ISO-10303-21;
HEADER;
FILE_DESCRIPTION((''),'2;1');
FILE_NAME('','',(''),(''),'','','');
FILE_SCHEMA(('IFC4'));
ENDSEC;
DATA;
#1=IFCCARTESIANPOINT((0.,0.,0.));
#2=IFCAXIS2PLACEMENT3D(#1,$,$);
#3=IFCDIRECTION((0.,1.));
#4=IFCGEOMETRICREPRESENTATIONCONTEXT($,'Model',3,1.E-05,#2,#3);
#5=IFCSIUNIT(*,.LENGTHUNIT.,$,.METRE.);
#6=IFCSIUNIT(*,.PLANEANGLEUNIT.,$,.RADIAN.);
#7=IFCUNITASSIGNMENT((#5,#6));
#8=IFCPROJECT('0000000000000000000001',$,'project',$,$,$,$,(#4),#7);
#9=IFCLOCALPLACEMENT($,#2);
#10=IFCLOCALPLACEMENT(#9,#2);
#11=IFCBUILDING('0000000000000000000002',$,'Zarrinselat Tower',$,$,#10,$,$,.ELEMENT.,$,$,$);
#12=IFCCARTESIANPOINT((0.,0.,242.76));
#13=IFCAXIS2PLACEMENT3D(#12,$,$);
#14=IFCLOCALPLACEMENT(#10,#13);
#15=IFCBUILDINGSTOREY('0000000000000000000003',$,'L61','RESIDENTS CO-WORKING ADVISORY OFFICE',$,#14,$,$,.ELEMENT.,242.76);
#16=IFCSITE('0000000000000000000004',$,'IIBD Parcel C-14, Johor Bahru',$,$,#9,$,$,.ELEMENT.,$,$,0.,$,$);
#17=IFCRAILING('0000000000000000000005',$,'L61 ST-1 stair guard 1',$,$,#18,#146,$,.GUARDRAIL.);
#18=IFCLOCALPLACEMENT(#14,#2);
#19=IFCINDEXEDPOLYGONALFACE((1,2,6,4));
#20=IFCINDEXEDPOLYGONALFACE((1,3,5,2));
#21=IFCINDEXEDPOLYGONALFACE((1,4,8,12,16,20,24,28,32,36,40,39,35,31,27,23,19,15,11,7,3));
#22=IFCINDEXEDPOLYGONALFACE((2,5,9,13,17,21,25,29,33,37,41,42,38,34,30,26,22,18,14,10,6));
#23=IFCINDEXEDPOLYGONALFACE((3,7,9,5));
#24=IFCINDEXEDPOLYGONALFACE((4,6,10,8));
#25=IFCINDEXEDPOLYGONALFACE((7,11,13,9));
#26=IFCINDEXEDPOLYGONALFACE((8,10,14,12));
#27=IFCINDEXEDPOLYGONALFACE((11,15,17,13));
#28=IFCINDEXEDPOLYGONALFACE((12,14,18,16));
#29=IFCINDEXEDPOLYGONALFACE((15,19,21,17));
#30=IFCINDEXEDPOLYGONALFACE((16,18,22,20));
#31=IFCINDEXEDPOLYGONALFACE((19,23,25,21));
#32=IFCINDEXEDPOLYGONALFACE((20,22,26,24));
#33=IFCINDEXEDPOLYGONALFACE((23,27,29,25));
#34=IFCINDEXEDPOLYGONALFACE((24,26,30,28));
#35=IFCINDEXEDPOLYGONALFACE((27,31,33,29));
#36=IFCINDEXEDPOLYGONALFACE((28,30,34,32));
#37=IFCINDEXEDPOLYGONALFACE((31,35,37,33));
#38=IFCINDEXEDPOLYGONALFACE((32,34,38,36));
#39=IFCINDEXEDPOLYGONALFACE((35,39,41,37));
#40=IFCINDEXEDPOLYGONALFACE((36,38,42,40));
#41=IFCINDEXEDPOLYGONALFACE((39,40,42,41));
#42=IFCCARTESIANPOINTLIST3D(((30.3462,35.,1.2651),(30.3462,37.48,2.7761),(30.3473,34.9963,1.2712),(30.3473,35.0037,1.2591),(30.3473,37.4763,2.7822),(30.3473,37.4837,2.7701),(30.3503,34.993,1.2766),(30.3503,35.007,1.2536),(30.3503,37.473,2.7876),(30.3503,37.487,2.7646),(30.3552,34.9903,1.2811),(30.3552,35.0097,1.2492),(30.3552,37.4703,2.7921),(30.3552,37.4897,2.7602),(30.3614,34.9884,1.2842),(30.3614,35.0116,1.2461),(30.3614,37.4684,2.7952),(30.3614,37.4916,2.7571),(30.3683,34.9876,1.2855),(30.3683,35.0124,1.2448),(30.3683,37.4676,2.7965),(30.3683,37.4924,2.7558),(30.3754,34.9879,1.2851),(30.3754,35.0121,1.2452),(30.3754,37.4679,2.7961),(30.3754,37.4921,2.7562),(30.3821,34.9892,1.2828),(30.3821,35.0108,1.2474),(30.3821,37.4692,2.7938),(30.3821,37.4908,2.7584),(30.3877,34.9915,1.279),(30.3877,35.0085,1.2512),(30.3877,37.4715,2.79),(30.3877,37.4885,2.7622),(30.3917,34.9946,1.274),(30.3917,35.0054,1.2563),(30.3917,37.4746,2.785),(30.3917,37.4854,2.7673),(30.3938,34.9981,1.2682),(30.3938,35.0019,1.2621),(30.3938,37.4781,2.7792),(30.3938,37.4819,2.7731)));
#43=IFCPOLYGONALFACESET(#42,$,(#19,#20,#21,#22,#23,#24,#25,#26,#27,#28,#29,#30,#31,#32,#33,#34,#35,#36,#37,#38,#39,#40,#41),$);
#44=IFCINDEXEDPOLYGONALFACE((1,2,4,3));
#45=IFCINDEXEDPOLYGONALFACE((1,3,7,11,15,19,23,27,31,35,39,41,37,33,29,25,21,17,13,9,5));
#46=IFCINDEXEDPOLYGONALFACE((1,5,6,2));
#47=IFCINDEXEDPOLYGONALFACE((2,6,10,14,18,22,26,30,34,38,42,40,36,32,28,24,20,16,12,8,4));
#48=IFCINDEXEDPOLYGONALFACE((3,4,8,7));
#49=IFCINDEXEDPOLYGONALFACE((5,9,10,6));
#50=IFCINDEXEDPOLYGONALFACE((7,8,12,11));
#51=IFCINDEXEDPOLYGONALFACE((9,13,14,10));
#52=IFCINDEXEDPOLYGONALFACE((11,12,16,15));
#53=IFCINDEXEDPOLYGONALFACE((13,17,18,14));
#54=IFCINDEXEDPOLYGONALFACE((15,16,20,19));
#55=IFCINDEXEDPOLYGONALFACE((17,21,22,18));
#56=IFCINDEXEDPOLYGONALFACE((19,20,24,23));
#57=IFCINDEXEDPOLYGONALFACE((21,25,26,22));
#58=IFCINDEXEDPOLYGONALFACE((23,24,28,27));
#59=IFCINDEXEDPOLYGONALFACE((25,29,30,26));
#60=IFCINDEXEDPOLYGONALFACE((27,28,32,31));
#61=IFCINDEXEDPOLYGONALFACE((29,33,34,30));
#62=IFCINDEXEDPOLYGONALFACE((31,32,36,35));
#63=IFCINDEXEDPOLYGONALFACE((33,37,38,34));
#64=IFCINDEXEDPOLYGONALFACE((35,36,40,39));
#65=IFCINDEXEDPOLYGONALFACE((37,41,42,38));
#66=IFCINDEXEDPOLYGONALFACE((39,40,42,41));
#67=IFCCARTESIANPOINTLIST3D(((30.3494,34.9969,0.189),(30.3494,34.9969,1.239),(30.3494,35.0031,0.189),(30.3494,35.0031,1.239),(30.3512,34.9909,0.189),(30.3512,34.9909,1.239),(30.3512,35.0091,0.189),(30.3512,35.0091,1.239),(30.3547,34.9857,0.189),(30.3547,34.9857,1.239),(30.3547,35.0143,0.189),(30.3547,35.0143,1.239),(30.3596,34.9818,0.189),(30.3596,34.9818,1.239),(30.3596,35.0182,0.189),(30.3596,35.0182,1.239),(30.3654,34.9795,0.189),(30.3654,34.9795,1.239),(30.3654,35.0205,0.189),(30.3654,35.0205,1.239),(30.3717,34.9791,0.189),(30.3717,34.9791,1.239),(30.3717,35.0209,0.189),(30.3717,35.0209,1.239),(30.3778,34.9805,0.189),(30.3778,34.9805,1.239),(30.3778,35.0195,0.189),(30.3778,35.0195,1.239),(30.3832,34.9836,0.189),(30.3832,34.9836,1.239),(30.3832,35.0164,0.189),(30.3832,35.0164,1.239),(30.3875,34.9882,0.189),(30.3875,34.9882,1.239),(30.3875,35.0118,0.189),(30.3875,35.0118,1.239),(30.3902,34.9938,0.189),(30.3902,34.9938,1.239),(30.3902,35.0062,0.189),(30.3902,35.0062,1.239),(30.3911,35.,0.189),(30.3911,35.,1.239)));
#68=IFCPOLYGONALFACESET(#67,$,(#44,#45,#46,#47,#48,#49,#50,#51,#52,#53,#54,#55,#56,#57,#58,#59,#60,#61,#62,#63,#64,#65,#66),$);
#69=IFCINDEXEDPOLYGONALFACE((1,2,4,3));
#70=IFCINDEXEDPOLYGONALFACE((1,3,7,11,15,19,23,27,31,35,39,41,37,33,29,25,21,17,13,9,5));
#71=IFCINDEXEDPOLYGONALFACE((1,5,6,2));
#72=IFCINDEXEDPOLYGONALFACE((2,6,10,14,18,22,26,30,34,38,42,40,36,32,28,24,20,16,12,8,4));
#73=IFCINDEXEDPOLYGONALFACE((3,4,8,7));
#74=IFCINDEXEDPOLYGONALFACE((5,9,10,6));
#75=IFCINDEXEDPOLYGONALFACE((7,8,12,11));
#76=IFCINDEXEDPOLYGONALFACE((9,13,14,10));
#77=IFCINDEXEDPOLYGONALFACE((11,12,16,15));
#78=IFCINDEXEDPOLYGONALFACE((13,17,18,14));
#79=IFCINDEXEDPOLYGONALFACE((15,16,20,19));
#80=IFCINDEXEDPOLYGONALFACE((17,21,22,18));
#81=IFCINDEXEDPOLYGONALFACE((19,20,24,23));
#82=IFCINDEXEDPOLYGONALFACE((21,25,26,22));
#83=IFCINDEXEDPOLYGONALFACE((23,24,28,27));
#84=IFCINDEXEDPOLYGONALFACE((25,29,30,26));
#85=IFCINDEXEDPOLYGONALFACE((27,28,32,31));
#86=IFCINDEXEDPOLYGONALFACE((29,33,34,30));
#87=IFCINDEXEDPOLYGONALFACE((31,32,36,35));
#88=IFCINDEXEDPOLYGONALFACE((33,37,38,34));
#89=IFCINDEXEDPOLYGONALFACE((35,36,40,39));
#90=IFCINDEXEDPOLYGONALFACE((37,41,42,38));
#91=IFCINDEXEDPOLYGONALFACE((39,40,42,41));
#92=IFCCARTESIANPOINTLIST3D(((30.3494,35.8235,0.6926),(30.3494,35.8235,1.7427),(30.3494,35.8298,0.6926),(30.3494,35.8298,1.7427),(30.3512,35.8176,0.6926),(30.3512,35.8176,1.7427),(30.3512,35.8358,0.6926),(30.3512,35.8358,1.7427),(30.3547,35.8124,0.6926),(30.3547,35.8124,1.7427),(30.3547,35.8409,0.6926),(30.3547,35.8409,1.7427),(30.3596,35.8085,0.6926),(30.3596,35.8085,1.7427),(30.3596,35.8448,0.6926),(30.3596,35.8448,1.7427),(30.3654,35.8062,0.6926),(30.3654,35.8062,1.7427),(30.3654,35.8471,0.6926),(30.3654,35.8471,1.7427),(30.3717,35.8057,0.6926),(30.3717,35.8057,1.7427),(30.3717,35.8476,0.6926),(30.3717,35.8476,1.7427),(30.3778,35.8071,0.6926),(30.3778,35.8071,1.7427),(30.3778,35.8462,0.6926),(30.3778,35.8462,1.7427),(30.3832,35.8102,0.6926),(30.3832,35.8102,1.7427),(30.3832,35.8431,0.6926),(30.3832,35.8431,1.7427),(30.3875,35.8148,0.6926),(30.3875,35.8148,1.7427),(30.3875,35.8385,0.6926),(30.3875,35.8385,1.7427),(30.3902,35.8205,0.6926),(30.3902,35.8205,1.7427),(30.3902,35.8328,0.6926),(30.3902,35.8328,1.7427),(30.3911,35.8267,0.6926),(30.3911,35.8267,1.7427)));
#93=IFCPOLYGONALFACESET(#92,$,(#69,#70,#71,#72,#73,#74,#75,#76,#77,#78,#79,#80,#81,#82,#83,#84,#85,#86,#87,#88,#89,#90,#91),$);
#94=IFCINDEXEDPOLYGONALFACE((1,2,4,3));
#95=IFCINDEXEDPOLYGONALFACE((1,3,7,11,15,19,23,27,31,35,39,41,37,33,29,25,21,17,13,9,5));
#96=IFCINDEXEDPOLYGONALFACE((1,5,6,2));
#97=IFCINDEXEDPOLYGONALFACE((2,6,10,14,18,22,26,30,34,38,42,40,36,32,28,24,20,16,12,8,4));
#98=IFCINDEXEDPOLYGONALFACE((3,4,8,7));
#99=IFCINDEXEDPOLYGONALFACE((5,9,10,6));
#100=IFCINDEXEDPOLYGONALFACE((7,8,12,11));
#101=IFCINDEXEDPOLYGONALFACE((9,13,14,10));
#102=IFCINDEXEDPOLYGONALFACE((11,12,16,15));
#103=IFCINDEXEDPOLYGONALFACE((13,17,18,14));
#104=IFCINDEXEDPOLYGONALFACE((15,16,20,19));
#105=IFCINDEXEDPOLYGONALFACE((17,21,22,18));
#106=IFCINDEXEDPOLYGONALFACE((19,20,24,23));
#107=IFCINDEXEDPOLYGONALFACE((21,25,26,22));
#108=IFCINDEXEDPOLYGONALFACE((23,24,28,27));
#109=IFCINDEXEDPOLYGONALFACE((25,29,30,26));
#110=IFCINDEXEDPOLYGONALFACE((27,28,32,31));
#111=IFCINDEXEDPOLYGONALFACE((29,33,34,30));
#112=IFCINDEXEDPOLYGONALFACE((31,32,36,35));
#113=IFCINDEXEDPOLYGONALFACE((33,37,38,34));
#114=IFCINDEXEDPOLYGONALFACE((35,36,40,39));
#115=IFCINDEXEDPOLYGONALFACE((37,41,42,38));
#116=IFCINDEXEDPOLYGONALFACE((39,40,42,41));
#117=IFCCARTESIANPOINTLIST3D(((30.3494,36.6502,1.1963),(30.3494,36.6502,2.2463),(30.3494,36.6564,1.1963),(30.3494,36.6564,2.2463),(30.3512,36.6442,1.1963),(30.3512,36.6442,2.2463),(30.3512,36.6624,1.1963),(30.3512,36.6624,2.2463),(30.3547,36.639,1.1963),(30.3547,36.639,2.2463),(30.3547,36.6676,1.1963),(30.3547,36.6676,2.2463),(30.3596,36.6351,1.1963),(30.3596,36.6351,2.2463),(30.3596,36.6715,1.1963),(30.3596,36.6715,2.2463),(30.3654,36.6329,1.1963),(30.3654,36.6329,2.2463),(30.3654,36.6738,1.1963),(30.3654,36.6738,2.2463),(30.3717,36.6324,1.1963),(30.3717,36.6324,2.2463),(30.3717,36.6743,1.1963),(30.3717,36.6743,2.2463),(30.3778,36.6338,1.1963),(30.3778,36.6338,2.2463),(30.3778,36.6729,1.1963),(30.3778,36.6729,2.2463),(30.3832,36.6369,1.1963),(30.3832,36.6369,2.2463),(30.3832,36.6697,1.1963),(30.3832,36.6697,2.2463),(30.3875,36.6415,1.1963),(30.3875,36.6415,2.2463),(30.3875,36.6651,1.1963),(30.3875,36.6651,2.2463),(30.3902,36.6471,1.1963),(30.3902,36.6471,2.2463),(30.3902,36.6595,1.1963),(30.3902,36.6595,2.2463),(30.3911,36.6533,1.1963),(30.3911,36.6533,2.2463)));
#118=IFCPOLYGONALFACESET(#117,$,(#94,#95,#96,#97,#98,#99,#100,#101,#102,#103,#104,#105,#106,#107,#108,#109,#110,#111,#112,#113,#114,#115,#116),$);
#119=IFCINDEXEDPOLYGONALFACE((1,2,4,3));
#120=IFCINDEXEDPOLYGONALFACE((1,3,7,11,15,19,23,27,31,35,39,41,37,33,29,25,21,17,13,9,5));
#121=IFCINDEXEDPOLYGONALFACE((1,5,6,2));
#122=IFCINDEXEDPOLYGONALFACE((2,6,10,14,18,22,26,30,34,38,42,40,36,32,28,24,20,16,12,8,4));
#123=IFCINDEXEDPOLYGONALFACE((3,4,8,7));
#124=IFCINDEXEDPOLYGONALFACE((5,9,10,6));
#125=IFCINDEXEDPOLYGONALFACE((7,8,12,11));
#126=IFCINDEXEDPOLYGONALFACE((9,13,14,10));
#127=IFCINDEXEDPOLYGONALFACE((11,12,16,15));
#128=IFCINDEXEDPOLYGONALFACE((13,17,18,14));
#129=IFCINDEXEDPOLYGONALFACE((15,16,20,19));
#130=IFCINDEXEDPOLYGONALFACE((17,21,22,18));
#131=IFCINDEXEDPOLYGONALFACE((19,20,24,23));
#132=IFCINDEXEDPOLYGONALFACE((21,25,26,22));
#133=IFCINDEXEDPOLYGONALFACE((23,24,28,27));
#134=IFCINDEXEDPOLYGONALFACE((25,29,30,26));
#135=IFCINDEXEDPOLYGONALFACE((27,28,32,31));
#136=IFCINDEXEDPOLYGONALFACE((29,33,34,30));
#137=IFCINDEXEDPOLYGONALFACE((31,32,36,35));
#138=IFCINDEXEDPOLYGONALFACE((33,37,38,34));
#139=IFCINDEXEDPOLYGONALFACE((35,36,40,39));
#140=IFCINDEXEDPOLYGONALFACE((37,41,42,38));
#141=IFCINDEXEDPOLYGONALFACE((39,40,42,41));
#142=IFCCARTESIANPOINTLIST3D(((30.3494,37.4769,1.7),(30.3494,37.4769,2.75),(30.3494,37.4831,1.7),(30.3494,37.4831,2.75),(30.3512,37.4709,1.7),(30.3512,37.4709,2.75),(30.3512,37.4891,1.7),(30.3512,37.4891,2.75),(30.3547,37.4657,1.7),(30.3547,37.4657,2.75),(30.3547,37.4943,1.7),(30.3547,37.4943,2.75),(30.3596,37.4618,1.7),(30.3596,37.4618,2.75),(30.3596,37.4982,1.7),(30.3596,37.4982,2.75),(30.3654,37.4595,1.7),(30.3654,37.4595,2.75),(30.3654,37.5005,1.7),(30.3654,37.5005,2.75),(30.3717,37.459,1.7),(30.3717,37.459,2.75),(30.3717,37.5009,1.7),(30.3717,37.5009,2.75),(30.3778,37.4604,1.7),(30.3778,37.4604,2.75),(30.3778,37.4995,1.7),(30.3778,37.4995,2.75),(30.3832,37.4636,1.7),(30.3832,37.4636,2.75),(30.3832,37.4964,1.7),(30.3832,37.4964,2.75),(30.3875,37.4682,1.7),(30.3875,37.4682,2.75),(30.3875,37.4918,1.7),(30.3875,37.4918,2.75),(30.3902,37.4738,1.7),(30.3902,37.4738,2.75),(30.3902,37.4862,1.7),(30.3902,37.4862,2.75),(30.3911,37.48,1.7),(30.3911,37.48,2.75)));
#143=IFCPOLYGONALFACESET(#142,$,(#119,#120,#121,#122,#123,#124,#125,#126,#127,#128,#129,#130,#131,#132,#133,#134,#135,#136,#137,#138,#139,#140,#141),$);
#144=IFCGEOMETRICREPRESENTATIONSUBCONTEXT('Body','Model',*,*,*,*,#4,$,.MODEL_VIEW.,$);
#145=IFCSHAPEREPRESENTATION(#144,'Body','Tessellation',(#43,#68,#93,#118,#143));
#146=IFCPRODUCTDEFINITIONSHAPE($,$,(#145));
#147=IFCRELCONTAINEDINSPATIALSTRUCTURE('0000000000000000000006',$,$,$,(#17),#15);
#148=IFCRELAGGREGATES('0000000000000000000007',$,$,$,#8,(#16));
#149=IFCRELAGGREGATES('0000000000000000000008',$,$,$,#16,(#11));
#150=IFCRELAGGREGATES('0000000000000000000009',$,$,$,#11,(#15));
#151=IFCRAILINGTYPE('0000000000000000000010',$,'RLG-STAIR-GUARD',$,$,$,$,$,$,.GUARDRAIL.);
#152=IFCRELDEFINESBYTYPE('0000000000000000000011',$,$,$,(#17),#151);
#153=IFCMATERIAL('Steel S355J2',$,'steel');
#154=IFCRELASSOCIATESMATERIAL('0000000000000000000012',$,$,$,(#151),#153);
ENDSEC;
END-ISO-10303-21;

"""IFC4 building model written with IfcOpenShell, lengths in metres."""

from ifc_helpers import new_model, si_unit, direction, frame, origin, origin_2d, place, context, subcontext, project, spatial, circle, extrude, material, type_object, element, save


model = new_model("IFC4")

# Units and contexts
model_context = context("Model", 3, precision=1e-05, world=origin(), true_north=direction((0.0, 1.0)))
body_context = subcontext(model_context, "Body", "Model", "MODEL_VIEW")
ifc_project = project(units=[si_unit("LENGTHUNIT", "METRE"), si_unit("PLANEANGLEUNIT", "RADIAN")], contexts=[model_context])

# Site, building, storey
site_placement = place(None, origin())
site = spatial("IfcSite", under=ifc_project, at=site_placement, Name="IIBD Parcel C-14, Johor Bahru", CompositionType="ELEMENT", RefElevation=0.0)
building_placement = place(site_placement, origin())
building = spatial("IfcBuilding", under=site, at=building_placement, Name="Zarrinselat Tower", CompositionType="ELEMENT")
storey_placement = place(building_placement, frame((0.0, 0.0, 242.76)))
storey = spatial("IfcBuildingStorey", under=building, at=storey_placement, Name="L61", Description="RESIDENTS CO-WORKING ADVISORY OFFICE", CompositionType="ELEMENT", Elevation=242.76)

# Railing
ifc_material_1 = material(Name="Steel S355J2", Category="steel")
railing_type_1 = type_object("IfcRailingType", Name="RLG-STAIR-GUARD", PredefinedType="GUARDRAIL", material=ifc_material_1)
railing_1_placement = place(storey_placement, frame((30.3701, 35.0, 0.189)))
element("IfcRailing", 1, at=railing_1_placement, inside=storey, type_object=railing_type_1, Name="L61 ST-1 stair guard 1", PredefinedType="GUARDRAIL", context=body_context, shape_type="SweptSolid", body=[
    extrude(circle(Radius=0.0239, at=origin_2d()), frame((0.0, 0.0, 1.0762), z_axis=(0.0, 0.853979, 0.520307), x_axis=(-1.0, 0.0, 0.0)), (0.0, 0.0, 1.0), 2.9041),
    extrude(circle(Radius=0.021, at=origin_2d()), origin(), (0.0, 0.0, 1.0), 1.05),
    extrude(circle(Radius=0.021, at=origin_2d()), frame((0.0, 0.8267, 0.5037)), (0.0, 0.0, 1.0), 1.05),
    extrude(circle(Radius=0.021, at=origin_2d()), frame((0.0, 1.6533, 1.0073)), (0.0, 0.0, 1.0), 1.05),
    extrude(circle(Radius=0.021, at=origin_2d()), frame((0.0, 2.48, 1.511)), (0.0, 0.0, 1.0), 1.05),
])

save(model, "model.ifc")
